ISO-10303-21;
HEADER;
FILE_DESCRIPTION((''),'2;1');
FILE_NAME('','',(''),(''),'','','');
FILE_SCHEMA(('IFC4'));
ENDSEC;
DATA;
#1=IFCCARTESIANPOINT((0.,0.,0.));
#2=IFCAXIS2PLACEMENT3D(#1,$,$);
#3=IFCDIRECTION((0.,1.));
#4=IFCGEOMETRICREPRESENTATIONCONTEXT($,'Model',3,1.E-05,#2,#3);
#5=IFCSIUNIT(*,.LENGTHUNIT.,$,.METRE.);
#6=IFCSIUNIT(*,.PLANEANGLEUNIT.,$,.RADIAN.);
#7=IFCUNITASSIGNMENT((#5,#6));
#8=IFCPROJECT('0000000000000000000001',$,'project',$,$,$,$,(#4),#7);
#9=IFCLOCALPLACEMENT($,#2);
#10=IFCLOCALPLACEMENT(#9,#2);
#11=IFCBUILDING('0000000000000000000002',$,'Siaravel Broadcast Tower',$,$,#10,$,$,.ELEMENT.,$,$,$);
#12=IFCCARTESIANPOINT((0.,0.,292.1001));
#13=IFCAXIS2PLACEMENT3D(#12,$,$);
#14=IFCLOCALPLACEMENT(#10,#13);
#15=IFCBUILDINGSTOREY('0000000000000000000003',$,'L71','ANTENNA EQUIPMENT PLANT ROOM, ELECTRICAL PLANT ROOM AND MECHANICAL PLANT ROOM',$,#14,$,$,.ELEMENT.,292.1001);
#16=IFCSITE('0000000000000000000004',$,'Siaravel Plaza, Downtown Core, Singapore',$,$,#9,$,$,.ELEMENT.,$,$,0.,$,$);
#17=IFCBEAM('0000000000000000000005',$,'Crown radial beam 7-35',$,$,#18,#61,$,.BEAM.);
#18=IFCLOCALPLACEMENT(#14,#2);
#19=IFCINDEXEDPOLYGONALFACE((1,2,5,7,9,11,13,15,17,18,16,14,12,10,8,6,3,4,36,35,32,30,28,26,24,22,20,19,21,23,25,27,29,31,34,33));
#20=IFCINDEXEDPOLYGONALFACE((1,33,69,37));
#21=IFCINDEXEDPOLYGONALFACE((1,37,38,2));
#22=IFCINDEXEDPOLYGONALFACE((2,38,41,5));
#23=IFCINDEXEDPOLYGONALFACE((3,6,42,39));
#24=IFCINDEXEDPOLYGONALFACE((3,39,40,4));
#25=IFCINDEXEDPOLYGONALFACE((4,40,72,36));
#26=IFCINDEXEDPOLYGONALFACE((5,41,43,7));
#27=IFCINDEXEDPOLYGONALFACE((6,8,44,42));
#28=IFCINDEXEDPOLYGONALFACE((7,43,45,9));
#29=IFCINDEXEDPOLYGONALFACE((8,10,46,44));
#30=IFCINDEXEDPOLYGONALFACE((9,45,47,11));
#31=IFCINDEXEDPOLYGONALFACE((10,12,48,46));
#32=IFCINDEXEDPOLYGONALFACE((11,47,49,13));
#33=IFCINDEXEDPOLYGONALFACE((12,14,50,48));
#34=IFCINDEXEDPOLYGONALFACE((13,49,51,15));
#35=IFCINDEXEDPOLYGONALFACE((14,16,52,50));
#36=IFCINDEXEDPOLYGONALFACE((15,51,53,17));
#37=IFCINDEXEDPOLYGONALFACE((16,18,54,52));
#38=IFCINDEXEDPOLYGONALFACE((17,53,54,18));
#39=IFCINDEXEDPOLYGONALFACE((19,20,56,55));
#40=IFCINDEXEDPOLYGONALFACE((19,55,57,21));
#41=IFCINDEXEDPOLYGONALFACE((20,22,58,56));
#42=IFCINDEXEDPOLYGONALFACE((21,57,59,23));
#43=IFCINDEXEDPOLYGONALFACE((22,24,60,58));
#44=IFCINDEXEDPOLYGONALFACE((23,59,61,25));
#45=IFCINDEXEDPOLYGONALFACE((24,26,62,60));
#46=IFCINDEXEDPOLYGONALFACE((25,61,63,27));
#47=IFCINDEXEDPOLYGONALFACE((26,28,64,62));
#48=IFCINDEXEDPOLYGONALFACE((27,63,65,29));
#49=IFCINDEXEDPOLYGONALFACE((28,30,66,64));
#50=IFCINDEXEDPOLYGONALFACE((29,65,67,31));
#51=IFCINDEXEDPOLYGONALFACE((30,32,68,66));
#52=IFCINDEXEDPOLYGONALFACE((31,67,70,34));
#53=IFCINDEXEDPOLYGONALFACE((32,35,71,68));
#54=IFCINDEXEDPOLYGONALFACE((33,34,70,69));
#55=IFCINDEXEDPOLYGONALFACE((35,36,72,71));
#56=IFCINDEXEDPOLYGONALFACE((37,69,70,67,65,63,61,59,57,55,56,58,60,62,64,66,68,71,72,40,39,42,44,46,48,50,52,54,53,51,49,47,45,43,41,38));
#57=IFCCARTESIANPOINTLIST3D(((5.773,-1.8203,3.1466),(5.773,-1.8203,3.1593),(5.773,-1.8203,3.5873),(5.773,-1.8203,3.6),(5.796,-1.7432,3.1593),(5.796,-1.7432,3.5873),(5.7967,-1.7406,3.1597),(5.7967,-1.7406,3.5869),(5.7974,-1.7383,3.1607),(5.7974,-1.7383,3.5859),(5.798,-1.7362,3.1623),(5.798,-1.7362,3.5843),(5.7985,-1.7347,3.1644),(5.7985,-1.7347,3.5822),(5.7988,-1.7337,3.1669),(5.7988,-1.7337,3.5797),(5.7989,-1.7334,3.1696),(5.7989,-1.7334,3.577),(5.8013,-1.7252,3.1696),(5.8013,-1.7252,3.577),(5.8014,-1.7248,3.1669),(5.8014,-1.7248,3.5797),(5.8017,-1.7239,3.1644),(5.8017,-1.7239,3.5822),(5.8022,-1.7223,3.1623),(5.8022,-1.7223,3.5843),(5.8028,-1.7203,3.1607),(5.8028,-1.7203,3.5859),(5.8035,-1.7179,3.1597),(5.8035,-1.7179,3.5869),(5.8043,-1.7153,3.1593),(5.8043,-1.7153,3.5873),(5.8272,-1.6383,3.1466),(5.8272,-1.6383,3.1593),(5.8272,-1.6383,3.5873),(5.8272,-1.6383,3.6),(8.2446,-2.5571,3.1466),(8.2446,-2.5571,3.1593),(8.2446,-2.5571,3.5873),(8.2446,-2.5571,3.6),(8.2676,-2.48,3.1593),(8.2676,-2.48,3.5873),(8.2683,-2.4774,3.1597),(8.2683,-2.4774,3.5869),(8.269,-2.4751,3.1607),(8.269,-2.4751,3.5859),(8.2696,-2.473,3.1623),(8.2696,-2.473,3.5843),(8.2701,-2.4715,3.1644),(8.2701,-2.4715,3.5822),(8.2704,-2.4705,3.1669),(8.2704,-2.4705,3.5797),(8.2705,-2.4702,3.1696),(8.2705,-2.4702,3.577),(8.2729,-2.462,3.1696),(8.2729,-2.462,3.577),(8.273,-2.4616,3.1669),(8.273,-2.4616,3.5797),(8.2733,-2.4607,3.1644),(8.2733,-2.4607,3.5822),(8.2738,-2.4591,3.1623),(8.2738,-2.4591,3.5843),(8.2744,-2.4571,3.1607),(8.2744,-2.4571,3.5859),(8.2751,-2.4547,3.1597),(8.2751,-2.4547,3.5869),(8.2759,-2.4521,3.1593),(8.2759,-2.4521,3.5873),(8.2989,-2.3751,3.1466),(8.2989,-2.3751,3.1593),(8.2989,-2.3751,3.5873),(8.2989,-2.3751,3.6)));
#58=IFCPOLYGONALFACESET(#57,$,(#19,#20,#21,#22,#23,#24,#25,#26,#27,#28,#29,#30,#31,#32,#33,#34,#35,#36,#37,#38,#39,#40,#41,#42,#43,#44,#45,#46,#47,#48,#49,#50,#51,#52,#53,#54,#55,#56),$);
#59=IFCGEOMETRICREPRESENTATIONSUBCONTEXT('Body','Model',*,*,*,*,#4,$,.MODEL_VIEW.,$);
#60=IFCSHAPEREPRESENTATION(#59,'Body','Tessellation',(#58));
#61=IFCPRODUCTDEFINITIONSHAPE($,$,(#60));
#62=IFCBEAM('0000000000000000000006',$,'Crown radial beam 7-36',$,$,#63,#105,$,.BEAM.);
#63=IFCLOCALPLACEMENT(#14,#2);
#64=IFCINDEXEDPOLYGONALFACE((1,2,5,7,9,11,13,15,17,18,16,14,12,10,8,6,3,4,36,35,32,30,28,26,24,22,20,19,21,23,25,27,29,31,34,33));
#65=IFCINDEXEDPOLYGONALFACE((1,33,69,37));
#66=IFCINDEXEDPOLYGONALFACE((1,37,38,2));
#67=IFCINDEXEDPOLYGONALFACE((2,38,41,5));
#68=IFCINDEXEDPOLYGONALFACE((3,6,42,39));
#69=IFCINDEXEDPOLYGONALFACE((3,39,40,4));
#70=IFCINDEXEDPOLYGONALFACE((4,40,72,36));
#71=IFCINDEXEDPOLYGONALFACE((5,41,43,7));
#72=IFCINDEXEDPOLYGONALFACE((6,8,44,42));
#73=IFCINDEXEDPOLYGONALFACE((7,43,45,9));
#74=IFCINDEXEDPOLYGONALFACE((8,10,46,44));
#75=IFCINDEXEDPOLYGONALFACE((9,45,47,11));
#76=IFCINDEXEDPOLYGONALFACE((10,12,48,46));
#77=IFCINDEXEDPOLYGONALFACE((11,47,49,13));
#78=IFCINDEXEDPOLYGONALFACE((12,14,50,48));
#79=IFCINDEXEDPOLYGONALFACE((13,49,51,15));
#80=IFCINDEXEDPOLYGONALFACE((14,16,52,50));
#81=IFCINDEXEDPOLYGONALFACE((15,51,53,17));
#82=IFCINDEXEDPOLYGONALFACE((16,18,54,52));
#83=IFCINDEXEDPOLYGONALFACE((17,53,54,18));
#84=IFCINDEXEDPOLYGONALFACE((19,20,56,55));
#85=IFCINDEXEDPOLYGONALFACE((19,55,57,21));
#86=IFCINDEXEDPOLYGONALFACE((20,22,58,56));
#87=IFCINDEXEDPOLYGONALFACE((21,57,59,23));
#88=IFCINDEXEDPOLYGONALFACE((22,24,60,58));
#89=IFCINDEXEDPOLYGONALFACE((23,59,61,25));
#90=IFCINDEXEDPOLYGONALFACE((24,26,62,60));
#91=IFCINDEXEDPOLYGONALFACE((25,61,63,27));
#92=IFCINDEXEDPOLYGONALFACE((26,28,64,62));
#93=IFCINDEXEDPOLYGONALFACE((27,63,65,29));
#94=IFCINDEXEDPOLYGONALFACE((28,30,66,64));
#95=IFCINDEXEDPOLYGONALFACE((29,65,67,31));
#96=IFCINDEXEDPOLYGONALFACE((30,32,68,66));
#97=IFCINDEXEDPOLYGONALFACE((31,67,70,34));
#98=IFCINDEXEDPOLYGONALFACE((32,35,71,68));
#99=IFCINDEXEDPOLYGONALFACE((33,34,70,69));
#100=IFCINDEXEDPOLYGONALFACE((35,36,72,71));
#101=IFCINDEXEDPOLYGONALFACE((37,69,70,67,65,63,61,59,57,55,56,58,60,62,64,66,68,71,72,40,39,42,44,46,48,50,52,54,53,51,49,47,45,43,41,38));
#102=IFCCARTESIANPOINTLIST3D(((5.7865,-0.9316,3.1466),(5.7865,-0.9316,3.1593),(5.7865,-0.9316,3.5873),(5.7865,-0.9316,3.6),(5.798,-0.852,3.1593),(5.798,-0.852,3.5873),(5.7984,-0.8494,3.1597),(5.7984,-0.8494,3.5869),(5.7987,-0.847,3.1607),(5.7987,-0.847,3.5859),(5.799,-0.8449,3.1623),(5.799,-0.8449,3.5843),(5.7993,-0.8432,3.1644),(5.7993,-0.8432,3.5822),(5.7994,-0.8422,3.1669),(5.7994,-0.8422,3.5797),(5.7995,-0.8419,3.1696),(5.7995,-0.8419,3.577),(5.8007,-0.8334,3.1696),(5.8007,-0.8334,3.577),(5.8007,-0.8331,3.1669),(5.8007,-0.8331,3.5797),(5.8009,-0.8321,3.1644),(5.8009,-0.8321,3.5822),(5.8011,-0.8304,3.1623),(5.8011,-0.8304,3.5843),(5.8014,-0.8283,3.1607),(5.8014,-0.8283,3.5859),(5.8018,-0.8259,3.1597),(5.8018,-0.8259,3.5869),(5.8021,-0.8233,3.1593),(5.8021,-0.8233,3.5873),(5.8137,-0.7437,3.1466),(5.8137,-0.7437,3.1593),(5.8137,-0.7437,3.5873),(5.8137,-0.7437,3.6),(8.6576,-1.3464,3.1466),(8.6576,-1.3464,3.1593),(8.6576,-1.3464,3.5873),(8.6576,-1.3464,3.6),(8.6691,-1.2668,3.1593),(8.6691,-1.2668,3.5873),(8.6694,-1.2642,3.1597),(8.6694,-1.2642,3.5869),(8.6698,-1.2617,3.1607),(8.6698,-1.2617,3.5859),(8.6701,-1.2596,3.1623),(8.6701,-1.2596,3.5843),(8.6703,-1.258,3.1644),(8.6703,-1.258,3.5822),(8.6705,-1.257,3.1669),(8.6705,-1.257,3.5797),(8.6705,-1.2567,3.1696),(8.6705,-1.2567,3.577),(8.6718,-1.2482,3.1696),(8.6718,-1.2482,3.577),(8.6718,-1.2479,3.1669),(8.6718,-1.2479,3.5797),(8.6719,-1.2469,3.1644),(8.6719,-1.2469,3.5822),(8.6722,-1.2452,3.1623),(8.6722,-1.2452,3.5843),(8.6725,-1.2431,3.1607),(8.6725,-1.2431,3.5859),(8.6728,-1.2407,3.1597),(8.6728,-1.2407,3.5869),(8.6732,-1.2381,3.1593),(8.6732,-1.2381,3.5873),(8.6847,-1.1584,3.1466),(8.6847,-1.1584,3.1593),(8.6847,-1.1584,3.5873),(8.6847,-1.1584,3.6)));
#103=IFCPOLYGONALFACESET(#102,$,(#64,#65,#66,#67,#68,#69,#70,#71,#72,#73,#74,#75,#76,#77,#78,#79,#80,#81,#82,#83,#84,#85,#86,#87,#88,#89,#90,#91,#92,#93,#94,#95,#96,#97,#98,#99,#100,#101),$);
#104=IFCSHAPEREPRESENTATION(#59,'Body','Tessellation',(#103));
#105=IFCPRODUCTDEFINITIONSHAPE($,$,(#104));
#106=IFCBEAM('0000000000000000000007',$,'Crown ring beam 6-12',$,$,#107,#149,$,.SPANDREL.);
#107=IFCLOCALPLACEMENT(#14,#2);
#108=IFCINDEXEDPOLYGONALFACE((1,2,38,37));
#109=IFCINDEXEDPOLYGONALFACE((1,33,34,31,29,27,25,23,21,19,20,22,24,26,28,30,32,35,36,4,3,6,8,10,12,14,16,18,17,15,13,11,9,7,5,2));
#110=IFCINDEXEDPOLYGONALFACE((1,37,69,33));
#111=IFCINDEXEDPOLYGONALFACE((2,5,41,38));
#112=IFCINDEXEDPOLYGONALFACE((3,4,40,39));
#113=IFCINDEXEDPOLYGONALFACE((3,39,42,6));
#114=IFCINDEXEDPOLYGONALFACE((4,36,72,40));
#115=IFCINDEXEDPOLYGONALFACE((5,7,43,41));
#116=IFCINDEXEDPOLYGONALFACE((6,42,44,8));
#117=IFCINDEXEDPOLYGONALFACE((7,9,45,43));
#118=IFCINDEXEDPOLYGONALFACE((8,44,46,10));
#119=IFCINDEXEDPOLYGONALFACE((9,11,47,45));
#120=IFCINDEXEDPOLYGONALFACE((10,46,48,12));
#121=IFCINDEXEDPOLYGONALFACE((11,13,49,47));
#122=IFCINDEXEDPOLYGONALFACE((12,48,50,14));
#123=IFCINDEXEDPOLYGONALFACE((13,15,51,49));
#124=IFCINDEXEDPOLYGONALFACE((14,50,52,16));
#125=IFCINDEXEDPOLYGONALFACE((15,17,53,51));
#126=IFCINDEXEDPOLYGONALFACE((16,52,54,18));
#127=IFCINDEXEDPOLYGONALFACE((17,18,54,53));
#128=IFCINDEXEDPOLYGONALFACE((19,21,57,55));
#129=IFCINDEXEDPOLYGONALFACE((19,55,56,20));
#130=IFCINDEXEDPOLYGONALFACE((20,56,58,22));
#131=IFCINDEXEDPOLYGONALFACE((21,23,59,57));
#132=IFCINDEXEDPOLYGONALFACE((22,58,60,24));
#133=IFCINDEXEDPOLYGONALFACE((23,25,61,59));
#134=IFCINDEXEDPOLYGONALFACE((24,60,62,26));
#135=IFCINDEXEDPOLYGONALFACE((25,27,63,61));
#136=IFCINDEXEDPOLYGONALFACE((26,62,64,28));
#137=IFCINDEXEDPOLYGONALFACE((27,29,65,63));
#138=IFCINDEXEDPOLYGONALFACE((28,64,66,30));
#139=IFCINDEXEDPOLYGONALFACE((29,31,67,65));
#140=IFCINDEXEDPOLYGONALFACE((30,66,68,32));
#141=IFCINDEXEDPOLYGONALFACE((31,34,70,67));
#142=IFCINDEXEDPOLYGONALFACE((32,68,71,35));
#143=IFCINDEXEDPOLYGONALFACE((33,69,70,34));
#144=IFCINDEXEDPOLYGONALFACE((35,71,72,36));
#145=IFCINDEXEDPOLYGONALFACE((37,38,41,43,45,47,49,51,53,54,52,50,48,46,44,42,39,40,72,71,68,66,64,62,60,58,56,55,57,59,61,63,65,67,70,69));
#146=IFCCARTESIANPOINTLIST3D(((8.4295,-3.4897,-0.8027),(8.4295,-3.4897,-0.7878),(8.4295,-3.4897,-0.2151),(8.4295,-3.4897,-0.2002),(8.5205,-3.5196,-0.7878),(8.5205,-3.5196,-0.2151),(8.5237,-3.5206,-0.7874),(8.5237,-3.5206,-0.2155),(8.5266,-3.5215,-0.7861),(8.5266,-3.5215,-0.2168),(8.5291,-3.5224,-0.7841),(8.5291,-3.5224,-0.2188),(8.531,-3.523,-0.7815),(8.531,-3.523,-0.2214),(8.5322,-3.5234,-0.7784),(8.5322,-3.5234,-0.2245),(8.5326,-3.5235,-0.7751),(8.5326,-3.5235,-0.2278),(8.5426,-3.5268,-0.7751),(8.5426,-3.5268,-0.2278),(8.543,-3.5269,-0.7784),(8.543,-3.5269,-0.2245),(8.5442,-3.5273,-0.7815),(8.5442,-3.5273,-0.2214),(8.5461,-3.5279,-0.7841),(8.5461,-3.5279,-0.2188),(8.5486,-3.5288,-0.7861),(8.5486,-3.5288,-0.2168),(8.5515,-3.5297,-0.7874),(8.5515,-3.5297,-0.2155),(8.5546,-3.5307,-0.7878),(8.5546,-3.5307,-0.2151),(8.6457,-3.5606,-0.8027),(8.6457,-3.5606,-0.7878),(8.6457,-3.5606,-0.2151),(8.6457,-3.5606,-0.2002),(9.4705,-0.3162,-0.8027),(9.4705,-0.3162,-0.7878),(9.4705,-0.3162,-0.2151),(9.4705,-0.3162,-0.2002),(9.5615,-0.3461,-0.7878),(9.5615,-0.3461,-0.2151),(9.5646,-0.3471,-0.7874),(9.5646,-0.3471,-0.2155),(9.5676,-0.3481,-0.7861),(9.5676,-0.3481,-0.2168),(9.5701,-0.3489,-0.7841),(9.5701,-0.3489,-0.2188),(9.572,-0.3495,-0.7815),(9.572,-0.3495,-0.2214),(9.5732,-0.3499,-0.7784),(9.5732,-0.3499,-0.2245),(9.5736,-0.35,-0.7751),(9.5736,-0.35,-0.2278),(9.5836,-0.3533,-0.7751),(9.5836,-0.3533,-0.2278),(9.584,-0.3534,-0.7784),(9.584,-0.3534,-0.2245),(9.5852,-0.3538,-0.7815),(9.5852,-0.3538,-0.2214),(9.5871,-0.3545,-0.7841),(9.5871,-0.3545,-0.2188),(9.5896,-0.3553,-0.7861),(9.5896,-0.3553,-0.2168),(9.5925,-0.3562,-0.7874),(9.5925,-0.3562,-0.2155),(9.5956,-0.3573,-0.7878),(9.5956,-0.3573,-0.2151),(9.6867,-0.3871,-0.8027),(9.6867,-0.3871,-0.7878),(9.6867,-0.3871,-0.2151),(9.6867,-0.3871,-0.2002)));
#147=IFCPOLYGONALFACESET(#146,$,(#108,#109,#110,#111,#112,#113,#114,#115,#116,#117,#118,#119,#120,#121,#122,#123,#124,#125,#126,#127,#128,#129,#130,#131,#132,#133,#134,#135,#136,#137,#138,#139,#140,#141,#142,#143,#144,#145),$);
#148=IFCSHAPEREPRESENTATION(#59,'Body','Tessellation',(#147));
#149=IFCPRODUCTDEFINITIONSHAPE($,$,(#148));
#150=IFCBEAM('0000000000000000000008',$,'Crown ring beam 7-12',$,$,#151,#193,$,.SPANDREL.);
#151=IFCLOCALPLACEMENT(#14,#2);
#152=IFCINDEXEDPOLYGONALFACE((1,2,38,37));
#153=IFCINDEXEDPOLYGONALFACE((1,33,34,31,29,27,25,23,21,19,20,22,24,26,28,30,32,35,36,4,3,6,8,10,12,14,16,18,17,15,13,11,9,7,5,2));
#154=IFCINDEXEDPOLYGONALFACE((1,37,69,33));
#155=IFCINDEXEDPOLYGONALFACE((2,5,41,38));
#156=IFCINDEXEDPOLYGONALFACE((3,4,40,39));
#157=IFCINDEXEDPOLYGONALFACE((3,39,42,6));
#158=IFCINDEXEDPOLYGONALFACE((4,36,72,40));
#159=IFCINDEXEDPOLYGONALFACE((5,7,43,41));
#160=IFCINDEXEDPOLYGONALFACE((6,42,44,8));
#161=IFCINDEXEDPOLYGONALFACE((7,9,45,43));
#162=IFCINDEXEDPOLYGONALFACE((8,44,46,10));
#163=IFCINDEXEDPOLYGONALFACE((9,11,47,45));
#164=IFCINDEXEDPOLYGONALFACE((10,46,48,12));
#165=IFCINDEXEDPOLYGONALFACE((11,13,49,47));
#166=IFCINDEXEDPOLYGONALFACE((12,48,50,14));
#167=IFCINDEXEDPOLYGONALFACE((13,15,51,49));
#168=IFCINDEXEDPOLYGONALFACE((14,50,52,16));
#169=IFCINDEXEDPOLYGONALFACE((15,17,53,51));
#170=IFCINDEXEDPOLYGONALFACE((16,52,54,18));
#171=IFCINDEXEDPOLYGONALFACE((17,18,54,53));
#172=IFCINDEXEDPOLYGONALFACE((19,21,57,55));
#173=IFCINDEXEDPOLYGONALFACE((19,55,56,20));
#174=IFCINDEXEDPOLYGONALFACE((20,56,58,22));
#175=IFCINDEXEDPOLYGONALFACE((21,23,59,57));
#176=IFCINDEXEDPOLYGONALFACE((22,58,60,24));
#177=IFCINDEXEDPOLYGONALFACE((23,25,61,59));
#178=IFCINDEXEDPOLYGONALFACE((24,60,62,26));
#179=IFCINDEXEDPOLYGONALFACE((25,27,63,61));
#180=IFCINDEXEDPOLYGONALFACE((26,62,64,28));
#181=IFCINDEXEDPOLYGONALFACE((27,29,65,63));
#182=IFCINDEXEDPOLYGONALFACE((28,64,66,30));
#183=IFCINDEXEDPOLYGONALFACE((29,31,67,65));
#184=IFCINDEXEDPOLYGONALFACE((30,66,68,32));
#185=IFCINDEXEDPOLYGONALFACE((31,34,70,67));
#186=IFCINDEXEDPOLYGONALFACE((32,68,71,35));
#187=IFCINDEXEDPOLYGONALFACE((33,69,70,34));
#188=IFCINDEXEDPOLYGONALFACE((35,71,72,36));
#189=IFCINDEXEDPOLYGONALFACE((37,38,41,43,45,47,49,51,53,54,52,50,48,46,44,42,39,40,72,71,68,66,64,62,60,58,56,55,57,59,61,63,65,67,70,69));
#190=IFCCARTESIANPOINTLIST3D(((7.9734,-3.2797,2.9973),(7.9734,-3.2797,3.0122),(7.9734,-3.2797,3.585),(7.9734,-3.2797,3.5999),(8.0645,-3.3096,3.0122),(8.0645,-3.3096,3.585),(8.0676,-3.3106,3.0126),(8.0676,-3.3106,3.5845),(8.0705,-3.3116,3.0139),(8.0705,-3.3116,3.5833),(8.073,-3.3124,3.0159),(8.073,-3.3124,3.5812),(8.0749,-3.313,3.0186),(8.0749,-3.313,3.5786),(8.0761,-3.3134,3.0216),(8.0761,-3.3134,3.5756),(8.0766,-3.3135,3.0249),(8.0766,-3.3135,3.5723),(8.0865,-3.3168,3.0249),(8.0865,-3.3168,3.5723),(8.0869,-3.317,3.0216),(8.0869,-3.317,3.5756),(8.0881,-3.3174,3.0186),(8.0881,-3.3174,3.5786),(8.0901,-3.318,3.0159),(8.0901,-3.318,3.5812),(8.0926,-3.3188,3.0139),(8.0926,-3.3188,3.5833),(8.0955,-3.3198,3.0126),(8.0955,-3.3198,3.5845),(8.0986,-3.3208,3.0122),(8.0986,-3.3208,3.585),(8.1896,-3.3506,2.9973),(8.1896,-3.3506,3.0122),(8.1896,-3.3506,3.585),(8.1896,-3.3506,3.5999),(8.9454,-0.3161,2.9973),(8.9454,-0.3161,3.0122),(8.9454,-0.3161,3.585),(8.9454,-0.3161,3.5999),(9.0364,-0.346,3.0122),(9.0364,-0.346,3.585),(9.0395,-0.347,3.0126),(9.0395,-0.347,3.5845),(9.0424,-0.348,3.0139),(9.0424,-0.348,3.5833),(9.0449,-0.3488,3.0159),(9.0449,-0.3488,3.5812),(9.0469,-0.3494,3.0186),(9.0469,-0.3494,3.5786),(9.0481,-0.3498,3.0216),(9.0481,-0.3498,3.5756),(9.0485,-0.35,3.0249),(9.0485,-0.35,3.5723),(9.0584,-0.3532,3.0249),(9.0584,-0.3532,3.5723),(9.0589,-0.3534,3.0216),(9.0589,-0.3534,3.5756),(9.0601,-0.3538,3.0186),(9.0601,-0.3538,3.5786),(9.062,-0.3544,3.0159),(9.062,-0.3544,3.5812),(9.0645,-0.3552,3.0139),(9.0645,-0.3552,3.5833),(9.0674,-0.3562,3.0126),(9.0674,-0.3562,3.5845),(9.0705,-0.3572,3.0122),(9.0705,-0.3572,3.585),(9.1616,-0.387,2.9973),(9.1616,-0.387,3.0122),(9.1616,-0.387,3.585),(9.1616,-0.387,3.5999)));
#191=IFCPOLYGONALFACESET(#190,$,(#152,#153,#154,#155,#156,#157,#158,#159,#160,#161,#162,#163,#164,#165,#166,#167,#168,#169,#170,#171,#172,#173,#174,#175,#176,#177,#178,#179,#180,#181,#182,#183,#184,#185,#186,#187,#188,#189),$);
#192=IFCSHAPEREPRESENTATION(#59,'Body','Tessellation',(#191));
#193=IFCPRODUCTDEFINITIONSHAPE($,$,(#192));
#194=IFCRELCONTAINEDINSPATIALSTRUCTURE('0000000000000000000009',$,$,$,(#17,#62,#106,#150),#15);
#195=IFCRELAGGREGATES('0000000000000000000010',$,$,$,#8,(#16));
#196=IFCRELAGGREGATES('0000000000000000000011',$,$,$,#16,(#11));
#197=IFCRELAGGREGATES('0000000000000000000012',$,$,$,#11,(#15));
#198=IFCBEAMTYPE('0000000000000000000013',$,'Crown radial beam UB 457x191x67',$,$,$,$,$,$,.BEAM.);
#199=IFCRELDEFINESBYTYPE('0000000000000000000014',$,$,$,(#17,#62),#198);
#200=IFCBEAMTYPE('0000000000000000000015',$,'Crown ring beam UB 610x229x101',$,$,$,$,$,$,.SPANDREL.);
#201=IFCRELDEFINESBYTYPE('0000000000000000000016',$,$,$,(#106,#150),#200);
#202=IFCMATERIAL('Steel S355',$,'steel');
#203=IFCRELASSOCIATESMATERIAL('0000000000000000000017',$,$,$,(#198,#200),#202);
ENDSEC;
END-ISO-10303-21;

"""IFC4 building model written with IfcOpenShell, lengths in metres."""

from ifc_helpers import new_model, si_unit, direction, frame, origin, origin_2d, place, context, subcontext, project, spatial, i_section, extrude, material, material_profile, profile_set, type_object, element, save


model = new_model("IFC4")

# Units and contexts
model_context = context("Model", 3, precision=1e-05, world=origin(), true_north=direction((0.0, 1.0)))
body_context = subcontext(model_context, "Body", "Model", "MODEL_VIEW")
ifc_project = project(units=[si_unit("LENGTHUNIT", "METRE"), si_unit("PLANEANGLEUNIT", "RADIAN")], contexts=[model_context])

# Site, building, storey
site_placement = place(None, origin())
site = spatial("IfcSite", under=ifc_project, at=site_placement, Name="Siaravel Plaza, Downtown Core, Singapore", CompositionType="ELEMENT", RefElevation=0.0)
building_placement = place(site_placement, origin())
building = spatial("IfcBuilding", under=site, at=building_placement, Name="Siaravel Broadcast Tower", CompositionType="ELEMENT")
storey_placement = place(building_placement, frame((0.0, 0.0, 292.1001)))
storey = spatial("IfcBuildingStorey", under=building, at=storey_placement, Name="L71", Description="ANTENNA EQUIPMENT PLANT ROOM, ELECTRICAL PLANT ROOM AND MECHANICAL PLANT ROOM", CompositionType="ELEMENT", Elevation=292.1001)

# Beams
ifc_material_1 = material(Name="Steel S355", Category="steel")
ifc_material_profile_1 = material_profile(ifc_material_1, i_section(OverallWidth=0.1899, OverallDepth=0.4534, WebThickness=0.0085, FlangeThickness=0.0127, FilletRadius=0.0103, at=origin_2d()))
ifc_profile_set_1 = profile_set([ifc_material_profile_1], Name="Steel S355")
beam_type_1 = type_object("IfcBeamType", Name="Crown radial beam UB 457x191x67", PredefinedType="BEAM", material=ifc_profile_set_1)
beam_1_placement = place(storey_placement, frame((8.2717, -2.4661, 3.3733), z_axis=(-0.958325, 0.28568, 0.0), x_axis=(-0.28568, -0.958325, 0.0)))
element("IfcBeam", 1, at=beam_1_placement, inside=storey, type_object=beam_type_1, Name="Crown radial beam 7-35", PredefinedType="BEAM", context=body_context, shape_type="SweptSolid", body=[
    extrude(i_section(OverallWidth=0.1899, OverallDepth=0.4534, WebThickness=0.0085, FlangeThickness=0.0127, FilletRadius=0.0103, at=origin_2d()), origin(), (0.0, 0.0, 1.0), 2.5791),
])
beam_2_placement = place(storey_placement, frame((8.6711, -1.2524, 3.3733), z_axis=(-0.989724, 0.142988, 0.0), x_axis=(-0.142988, -0.989724, 0.0)))
element("IfcBeam", 2, at=beam_2_placement, inside=storey, type_object=beam_type_1, Name="Crown radial beam 7-36", PredefinedType="BEAM", context=body_context, shape_type="SweptSolid", body=[
    extrude(i_section(OverallWidth=0.1899, OverallDepth=0.4534, WebThickness=0.0085, FlangeThickness=0.0127, FilletRadius=0.0103, at=origin_2d()), origin(), (0.0, 0.0, 1.0), 2.9009),
])
ifc_material_profile_2 = material_profile(ifc_material_1, i_section(OverallWidth=0.2275, OverallDepth=0.6025, WebThickness=0.0105, FlangeThickness=0.0149, FilletRadius=0.0127, at=origin_2d()))
ifc_profile_set_2 = profile_set([ifc_material_profile_2], Name="Steel S355")
beam_type_2 = type_object("IfcBeamType", Name="Crown ring beam UB 610x229x101", PredefinedType="SPANDREL", material=ifc_profile_set_2)
beam_3_placement = place(storey_placement, frame((8.5376, -3.5251, -0.5015), z_axis=(0.311685, 0.950186, 0.0), x_axis=(-0.950186, 0.311685, 0.0)))
element("IfcBeam", 3, at=beam_3_placement, inside=storey, type_object=beam_type_2, Name="Crown ring beam 6-12", PredefinedType="SPANDREL", context=body_context, shape_type="SweptSolid", body=[
    extrude(i_section(OverallWidth=0.2275, OverallDepth=0.6025, WebThickness=0.0105, FlangeThickness=0.0149, FilletRadius=0.0127, at=origin_2d()), origin(), (0.0, 0.0, 1.0), 3.3398),
])
beam_4_placement = place(storey_placement, frame((8.0815, -3.3152, 3.2986), z_axis=(0.311621, 0.950206, 0.0), x_axis=(-0.950206, 0.311621, 0.0)))
element("IfcBeam", 4, at=beam_4_placement, inside=storey, type_object=beam_type_2, Name="Crown ring beam 7-12", PredefinedType="SPANDREL", context=body_context, shape_type="SweptSolid", body=[
    extrude(i_section(OverallWidth=0.2275, OverallDepth=0.6025, WebThickness=0.0105, FlangeThickness=0.0149, FilletRadius=0.0127, at=origin_2d()), origin(), (0.0, 0.0, 1.0), 3.1189),
])

save(model, "model.ifc")
